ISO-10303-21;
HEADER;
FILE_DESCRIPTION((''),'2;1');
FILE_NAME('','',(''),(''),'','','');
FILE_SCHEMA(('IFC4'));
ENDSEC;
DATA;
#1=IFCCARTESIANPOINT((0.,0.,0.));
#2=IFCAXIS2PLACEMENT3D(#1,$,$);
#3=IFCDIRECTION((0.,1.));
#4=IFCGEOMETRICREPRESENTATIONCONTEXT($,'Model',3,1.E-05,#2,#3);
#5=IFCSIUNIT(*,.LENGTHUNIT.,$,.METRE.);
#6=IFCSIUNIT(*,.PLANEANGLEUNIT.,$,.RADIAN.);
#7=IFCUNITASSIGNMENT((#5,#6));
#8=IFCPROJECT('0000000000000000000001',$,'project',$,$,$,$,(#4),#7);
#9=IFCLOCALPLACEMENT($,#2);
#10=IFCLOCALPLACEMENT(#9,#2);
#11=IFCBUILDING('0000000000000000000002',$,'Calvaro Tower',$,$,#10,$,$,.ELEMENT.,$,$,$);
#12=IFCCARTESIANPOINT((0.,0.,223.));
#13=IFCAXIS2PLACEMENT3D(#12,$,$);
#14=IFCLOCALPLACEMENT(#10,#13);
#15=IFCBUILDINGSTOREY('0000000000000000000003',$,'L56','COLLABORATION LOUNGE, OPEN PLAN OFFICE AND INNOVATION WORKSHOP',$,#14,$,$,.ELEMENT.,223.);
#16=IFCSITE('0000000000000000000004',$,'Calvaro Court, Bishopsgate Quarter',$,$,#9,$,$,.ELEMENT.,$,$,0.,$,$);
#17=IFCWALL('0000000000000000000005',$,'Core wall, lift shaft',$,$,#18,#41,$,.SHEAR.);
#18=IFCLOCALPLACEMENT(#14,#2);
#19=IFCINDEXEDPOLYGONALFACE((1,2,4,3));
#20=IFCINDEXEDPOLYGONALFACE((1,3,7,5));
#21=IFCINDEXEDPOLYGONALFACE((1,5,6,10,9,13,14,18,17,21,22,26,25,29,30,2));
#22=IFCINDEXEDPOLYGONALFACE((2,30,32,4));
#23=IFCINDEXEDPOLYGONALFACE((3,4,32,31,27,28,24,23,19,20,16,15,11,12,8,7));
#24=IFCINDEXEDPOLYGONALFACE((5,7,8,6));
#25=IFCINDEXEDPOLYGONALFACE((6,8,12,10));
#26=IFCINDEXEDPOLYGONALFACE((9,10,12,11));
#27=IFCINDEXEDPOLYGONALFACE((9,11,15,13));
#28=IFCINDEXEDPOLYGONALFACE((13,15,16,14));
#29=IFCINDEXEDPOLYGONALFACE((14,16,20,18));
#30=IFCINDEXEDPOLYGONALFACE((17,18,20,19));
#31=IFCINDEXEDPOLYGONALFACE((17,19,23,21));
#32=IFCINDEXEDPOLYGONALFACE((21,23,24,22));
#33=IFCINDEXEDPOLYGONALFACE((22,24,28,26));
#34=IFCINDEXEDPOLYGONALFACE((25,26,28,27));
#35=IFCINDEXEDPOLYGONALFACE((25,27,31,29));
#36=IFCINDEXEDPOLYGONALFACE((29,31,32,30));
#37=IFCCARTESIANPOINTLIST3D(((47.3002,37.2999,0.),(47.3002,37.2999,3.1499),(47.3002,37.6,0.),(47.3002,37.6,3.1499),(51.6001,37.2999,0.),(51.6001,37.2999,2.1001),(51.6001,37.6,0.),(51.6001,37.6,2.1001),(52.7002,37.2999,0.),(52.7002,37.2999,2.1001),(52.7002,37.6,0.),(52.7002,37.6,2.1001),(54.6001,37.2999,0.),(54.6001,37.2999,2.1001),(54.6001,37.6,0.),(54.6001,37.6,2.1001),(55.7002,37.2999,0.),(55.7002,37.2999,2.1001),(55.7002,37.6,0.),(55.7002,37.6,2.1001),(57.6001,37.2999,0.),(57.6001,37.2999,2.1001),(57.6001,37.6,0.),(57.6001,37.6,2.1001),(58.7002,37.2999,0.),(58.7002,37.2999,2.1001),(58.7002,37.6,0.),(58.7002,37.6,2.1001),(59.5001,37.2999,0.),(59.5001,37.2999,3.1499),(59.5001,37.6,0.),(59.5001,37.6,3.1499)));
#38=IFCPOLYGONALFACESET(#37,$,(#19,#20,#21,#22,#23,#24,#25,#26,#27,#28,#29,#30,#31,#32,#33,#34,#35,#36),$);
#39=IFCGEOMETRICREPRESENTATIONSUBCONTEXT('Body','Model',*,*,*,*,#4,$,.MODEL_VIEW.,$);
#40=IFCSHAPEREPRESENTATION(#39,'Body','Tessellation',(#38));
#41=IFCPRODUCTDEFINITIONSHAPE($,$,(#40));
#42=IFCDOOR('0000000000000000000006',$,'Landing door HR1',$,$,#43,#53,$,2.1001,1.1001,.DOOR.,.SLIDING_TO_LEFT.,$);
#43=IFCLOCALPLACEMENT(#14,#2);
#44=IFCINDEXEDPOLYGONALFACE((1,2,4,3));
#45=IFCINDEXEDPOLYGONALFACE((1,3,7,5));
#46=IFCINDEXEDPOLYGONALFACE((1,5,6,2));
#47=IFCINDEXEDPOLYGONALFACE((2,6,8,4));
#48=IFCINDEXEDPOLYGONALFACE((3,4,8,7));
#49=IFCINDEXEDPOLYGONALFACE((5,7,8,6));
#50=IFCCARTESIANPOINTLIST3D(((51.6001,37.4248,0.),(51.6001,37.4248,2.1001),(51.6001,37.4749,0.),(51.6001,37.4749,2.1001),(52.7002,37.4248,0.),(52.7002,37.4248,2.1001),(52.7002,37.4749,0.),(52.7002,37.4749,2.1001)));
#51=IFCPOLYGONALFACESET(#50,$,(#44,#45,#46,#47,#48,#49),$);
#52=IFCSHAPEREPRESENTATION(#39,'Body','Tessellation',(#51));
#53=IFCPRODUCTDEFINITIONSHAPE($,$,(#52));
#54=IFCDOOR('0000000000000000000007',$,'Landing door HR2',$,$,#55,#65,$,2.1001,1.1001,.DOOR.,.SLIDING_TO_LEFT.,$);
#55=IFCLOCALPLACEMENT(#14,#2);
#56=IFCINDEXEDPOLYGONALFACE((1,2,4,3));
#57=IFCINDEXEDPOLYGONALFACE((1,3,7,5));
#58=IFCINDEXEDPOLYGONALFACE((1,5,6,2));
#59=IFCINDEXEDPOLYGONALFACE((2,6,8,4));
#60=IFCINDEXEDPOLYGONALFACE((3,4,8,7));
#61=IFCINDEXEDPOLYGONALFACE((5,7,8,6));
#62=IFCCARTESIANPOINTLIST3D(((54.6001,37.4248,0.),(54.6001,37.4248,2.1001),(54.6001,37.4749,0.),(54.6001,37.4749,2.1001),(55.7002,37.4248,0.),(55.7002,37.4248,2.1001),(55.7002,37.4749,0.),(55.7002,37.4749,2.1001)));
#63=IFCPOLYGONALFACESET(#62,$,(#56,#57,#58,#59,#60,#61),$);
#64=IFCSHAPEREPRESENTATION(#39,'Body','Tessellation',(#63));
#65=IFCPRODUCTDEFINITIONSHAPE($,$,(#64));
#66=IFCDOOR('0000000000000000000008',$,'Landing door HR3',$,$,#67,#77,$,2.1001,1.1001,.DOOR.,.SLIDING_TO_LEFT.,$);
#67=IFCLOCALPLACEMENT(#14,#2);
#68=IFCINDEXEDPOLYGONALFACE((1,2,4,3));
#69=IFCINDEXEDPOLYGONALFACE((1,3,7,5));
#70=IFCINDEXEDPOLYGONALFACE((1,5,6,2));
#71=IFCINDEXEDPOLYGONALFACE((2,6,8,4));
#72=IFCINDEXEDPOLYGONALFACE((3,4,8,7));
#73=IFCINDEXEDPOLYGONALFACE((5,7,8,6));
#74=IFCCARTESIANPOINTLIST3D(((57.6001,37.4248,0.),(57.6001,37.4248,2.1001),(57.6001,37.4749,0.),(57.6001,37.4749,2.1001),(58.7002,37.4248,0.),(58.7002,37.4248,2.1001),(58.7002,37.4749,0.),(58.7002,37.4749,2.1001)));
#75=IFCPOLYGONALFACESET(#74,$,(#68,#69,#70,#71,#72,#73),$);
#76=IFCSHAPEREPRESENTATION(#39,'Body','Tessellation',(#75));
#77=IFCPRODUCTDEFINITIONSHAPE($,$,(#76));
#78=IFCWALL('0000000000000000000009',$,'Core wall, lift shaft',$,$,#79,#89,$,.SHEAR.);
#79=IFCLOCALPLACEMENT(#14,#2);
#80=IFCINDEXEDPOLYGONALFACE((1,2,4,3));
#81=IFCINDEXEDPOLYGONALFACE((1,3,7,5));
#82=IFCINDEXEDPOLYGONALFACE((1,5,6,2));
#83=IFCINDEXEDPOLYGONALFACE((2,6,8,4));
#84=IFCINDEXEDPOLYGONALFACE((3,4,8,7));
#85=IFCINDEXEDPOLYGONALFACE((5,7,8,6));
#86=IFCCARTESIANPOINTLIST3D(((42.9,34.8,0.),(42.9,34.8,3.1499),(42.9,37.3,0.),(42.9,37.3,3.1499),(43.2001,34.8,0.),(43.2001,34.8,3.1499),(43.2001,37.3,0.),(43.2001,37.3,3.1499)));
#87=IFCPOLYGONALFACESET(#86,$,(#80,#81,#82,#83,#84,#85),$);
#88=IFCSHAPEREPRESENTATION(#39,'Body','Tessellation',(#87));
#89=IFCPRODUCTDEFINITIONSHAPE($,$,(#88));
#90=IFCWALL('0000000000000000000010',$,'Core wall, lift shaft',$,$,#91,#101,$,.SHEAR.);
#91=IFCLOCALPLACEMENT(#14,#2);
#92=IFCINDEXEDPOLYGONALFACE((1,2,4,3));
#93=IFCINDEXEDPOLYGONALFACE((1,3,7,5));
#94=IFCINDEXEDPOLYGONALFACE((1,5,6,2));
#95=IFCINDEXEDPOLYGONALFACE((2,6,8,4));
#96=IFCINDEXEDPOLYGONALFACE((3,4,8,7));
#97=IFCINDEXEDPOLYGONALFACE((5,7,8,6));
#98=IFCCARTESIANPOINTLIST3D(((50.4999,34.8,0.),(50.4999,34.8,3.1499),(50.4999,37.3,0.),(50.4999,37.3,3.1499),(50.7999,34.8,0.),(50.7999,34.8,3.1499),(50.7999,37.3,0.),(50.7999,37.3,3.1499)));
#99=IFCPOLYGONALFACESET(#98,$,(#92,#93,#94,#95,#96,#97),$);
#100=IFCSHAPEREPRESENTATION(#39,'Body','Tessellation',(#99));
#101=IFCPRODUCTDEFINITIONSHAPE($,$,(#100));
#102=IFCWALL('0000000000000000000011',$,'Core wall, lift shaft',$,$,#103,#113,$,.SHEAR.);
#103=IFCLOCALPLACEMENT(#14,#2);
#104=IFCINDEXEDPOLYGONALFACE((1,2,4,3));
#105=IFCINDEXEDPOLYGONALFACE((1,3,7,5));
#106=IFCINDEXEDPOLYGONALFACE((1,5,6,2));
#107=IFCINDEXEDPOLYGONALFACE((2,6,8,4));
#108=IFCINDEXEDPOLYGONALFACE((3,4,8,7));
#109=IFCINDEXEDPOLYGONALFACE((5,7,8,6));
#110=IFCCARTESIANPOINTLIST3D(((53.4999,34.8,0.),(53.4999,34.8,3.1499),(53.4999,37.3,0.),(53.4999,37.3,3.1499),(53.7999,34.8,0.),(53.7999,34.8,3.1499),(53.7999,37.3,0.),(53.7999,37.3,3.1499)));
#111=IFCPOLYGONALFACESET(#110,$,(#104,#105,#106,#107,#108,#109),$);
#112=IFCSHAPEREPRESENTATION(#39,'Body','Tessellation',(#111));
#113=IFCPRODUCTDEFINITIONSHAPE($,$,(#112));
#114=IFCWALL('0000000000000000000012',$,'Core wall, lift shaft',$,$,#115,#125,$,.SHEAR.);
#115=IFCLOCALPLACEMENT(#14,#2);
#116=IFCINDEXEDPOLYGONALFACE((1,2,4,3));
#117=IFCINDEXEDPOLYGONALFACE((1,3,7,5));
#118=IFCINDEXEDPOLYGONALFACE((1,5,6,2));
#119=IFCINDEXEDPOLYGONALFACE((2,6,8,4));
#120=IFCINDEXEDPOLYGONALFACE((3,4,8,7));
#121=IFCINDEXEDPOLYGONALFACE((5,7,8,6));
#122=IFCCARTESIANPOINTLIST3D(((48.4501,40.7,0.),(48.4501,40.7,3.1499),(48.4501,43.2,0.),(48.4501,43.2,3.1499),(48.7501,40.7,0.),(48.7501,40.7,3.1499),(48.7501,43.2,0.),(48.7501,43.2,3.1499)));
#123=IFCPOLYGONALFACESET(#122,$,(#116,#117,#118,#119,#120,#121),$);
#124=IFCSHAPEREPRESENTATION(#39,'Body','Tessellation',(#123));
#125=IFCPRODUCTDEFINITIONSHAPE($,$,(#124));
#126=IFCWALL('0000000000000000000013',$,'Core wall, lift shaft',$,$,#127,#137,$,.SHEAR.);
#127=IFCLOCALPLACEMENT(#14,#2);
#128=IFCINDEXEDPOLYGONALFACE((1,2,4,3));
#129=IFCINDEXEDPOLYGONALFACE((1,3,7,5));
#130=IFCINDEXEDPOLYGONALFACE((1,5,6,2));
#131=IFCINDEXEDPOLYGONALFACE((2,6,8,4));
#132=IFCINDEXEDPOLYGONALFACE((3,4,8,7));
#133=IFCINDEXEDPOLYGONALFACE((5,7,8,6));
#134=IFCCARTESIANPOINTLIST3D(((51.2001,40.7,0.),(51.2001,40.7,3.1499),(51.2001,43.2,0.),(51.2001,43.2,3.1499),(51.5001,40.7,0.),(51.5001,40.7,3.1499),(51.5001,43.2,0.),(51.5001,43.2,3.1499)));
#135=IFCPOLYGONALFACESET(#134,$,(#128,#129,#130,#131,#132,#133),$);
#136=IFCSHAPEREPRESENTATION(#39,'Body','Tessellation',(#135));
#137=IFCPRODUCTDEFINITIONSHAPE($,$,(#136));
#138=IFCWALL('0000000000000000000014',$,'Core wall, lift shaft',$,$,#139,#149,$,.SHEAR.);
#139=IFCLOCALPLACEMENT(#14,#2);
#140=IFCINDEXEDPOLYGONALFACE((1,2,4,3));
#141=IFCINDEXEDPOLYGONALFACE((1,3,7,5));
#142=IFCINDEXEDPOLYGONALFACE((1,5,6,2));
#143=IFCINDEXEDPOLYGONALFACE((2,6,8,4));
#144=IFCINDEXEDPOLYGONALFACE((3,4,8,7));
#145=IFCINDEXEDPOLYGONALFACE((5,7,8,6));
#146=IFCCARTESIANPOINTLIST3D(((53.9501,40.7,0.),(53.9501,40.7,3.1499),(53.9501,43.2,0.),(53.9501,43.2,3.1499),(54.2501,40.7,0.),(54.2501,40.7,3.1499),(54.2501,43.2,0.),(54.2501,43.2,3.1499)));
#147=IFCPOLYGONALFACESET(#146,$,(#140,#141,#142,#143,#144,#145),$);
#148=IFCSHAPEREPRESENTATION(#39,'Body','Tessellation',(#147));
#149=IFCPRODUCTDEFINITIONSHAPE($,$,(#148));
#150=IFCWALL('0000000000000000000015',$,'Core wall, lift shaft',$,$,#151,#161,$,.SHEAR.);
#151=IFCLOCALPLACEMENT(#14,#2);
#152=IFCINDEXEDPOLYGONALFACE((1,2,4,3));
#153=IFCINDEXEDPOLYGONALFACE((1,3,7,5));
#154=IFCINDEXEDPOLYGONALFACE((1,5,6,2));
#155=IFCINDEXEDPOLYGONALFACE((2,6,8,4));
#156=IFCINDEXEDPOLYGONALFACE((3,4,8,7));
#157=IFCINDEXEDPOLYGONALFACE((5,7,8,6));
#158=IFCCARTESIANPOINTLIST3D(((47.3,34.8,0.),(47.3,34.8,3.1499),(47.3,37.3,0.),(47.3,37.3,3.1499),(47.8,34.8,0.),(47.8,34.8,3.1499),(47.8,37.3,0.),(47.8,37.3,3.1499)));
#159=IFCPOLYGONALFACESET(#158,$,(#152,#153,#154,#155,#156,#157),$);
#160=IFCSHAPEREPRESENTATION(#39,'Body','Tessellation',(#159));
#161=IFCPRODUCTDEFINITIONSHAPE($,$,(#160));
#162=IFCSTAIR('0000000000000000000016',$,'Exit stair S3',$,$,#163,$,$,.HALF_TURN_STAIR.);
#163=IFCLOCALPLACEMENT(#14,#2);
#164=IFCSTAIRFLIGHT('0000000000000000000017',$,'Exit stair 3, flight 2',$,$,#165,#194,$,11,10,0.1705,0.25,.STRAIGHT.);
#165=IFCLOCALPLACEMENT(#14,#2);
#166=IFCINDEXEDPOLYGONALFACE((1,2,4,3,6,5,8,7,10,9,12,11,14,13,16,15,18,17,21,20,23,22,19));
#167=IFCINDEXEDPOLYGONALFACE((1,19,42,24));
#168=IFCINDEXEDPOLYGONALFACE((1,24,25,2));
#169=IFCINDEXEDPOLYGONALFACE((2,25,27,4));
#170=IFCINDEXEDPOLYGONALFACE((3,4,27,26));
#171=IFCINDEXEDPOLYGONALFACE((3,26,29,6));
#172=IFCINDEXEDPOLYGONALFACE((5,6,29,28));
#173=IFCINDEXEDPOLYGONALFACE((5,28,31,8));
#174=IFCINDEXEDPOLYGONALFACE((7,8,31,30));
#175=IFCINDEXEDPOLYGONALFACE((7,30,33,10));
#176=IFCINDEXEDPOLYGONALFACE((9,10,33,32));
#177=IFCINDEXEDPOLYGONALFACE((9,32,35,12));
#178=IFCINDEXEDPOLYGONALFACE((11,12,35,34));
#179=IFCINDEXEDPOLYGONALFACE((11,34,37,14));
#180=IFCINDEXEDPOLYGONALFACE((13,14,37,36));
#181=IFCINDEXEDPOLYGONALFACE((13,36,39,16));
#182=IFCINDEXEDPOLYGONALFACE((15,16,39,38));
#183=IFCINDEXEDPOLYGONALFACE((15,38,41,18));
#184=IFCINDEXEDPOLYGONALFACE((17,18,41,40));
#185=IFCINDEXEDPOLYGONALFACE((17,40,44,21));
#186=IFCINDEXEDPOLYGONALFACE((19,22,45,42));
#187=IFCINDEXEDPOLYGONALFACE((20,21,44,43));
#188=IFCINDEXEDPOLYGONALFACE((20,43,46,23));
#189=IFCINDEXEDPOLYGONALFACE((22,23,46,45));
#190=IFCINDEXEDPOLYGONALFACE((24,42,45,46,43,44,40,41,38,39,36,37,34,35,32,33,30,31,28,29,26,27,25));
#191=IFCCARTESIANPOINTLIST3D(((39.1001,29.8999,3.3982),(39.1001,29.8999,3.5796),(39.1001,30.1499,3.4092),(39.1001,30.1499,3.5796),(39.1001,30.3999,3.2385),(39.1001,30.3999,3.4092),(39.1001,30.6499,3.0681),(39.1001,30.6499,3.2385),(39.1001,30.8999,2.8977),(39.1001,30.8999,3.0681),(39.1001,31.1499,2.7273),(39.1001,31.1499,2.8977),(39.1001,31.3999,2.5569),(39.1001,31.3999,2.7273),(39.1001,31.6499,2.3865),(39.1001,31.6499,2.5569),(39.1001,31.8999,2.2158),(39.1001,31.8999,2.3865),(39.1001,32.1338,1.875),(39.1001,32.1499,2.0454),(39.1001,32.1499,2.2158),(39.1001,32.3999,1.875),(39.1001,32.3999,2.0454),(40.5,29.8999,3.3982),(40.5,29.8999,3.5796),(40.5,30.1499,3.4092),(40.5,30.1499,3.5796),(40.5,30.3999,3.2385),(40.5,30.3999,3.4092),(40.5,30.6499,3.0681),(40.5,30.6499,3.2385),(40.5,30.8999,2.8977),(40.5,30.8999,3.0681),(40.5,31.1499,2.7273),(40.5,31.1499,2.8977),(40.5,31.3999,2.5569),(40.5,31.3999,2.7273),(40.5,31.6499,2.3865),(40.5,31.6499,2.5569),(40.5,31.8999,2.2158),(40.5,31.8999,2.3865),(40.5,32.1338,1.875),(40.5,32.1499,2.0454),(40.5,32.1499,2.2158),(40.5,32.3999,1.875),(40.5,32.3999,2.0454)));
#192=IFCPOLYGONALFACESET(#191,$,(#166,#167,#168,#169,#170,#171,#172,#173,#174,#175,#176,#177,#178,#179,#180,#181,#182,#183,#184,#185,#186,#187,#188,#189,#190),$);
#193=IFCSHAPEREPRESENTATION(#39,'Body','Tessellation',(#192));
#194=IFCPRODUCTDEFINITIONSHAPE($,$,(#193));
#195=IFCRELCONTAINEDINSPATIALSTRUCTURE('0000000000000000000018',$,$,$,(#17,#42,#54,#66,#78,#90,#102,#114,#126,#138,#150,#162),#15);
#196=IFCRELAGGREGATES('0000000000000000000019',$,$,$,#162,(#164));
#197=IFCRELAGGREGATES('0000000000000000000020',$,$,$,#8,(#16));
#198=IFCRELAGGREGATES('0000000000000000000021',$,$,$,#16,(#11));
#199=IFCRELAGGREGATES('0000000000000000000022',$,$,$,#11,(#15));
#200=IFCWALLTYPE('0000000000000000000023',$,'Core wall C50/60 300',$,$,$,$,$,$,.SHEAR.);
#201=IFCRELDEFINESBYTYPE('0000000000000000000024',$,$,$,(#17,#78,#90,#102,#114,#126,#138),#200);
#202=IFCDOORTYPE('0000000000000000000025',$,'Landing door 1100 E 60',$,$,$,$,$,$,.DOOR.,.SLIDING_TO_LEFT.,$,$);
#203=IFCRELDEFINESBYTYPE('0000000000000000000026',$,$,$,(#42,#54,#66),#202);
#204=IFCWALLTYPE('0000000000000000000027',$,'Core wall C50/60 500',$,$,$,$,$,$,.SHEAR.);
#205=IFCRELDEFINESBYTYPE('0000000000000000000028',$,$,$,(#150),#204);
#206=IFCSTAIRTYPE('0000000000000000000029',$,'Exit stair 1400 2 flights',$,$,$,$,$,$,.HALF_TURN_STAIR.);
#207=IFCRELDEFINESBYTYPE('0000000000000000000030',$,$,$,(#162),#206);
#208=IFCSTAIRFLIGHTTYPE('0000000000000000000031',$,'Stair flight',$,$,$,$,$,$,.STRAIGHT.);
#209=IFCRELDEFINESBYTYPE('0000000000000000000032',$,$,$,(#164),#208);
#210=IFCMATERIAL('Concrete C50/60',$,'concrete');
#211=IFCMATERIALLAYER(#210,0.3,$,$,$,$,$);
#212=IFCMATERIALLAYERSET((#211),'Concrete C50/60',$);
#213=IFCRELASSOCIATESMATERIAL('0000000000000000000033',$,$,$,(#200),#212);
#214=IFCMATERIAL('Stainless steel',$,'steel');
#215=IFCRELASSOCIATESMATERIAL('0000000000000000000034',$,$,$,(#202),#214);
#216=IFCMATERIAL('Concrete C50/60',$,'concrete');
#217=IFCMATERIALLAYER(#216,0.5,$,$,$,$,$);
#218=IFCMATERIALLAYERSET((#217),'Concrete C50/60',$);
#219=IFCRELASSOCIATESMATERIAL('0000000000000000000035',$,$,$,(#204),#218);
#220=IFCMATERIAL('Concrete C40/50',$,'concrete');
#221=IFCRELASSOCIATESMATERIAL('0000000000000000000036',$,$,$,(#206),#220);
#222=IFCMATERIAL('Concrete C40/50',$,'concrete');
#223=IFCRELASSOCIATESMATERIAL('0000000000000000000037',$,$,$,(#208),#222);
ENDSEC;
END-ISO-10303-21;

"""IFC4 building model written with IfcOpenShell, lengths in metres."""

from ifc_helpers import new_model, si_unit, direction, frame, frame_2d, origin, place, context, subcontext, project, spatial, polyline, rectangle, outline, extrude, material, layer, layer_set, type_object, element, fill, aggregate, save


model = new_model("IFC4")

# Units and contexts
model_context = context("Model", 3, precision=1e-05, world=origin(), true_north=direction((0.0, 1.0)))
body_context = subcontext(model_context, "Body", "Model", "MODEL_VIEW")
ifc_project = project(units=[si_unit("LENGTHUNIT", "METRE"), si_unit("PLANEANGLEUNIT", "RADIAN")], contexts=[model_context])

# Site, building, storey
site_placement = place(None, origin())
site = spatial("IfcSite", under=ifc_project, at=site_placement, Name="Calvaro Court, Bishopsgate Quarter", CompositionType="ELEMENT", RefElevation=0.0)
building_placement = place(site_placement, origin())
building = spatial("IfcBuilding", under=site, at=building_placement, Name="Calvaro Tower", CompositionType="ELEMENT")
storey_placement = place(building_placement, frame((0.0, 0.0, 223.0)))
storey = spatial("IfcBuildingStorey", under=building, at=storey_placement, Name="L56", Description="COLLABORATION LOUNGE, OPEN PLAN OFFICE AND INNOVATION WORKSHOP", CompositionType="ELEMENT", Elevation=223.0)

# Shared definitions
ifc_material_1 = material(Name="Concrete C50/60", Category="concrete")
ifc_layer_1 = layer(ifc_material_1, 0.3)
ifc_layer_set_1 = layer_set([ifc_layer_1], Name="Concrete C50/60")
wall_type_1 = type_object("IfcWallType", Name="Core wall C50/60 300", PredefinedType="SHEAR", material=ifc_layer_set_1)
ifc_material_2 = material(Name="Stainless steel", Category="steel")
door_type_1 = type_object("IfcDoorType", Name="Landing door 1100 E 60", OperationType="SLIDING_TO_LEFT", PredefinedType="DOOR", material=ifc_material_2)

# Wall, openings, doors
wall_1_placement = place(storey_placement, frame((47.3, 37.45, 0.0), z_axis=(0.0, 0.0, 1.0), x_axis=(1.0, 0.0, 0.0)))
wall_1 = element("IfcWall", 1, at=wall_1_placement, inside=storey, type_object=wall_type_1, Name="Core wall, lift shaft", PredefinedType="SHEAR", context=body_context, shape_type="SweptSolid", body=[
    extrude(rectangle(XDim=12.2, YDim=0.3, at=frame_2d((6.1001, 0.0))), origin(), (0.0, 0.0, 1.0), 3.1499),
])
opening_1_placement = place(wall_1_placement, frame((4.3, 0.0, 0.0)))
opening_1 = element("IfcOpeningElement", 2, at=opening_1_placement, cuts=wall_1, PredefinedType="OPENING", context=body_context, shape_type="SweptSolid", body=[
    extrude(rectangle(XDim=1.1001, YDim=2.1001, at=frame_2d((0.55, 1.05))), frame((0.0, 0.1599, 0.0), z_axis=(0.0, -1.0, 0.0), x_axis=(1.0, 0.0, 0.0)), (0.0, 0.0, 1.0), 0.3201),
])
opening_2_placement = place(wall_1_placement, frame((7.3, 0.0, 0.0)))
opening_2 = element("IfcOpeningElement", 3, at=opening_2_placement, cuts=wall_1, PredefinedType="OPENING", context=body_context, shape_type="SweptSolid", body=[
    extrude(rectangle(XDim=1.1001, YDim=2.1001, at=frame_2d((0.55, 1.05))), frame((0.0, 0.1599, 0.0), z_axis=(0.0, -1.0, 0.0), x_axis=(1.0, 0.0, 0.0)), (0.0, 0.0, 1.0), 0.3201),
])
opening_3_placement = place(wall_1_placement, frame((10.3, 0.0, 0.0)))
opening_3 = element("IfcOpeningElement", 4, at=opening_3_placement, cuts=wall_1, PredefinedType="OPENING", context=body_context, shape_type="SweptSolid", body=[
    extrude(rectangle(XDim=1.1001, YDim=2.1001, at=frame_2d((0.55, 1.05))), frame((0.0, 0.1599, 0.0), z_axis=(0.0, -1.0, 0.0), x_axis=(1.0, 0.0, 0.0)), (0.0, 0.0, 1.0), 0.3201),
])
door_1_placement = place(opening_1_placement, origin())
door_1 = element("IfcDoor", 5, at=door_1_placement, inside=storey, type_object=door_type_1, Name="Landing door HR1", OperationType="SLIDING_TO_LEFT", OverallHeight=2.1001, OverallWidth=1.1001, PredefinedType="DOOR", context=body_context, shape_type="SweptSolid", body=[
    extrude(rectangle(XDim=1.1001, YDim=2.1001, at=frame_2d((0.55, 1.05))), frame((0.0, 0.0249, 0.0), z_axis=(0.0, -1.0, 0.0), x_axis=(1.0, 0.0, 0.0)), (0.0, 0.0, 1.0), 0.05),
])
fill(opening_1, door_1)
door_2_placement = place(opening_2_placement, origin())
door_2 = element("IfcDoor", 6, at=door_2_placement, inside=storey, type_object=door_type_1, Name="Landing door HR2", OperationType="SLIDING_TO_LEFT", OverallHeight=2.1001, OverallWidth=1.1001, PredefinedType="DOOR", context=body_context, shape_type="SweptSolid", body=[
    extrude(rectangle(XDim=1.1001, YDim=2.1001, at=frame_2d((0.55, 1.05))), frame((0.0, 0.0249, 0.0), z_axis=(0.0, -1.0, 0.0), x_axis=(1.0, 0.0, 0.0)), (0.0, 0.0, 1.0), 0.05),
])
fill(opening_2, door_2)
door_3_placement = place(opening_3_placement, origin())
door_3 = element("IfcDoor", 7, at=door_3_placement, inside=storey, type_object=door_type_1, Name="Landing door HR3", OperationType="SLIDING_TO_LEFT", OverallHeight=2.1001, OverallWidth=1.1001, PredefinedType="DOOR", context=body_context, shape_type="SweptSolid", body=[
    extrude(rectangle(XDim=1.1001, YDim=2.1001, at=frame_2d((0.55, 1.05))), frame((0.0, 0.0249, 0.0), z_axis=(0.0, -1.0, 0.0), x_axis=(1.0, 0.0, 0.0)), (0.0, 0.0, 1.0), 0.05),
])
fill(opening_3, door_3)

# Walls
for number, where, z_axis, x_axis, name in (
    (8, (43.05, 34.8, 0.0), (0.0, 0.0, 1.0), (0.0, 1.0, 0.0), "Core wall, lift shaft"),
    (9, (50.6499, 34.8, 0.0), (0.0, 0.0, 1.0), (0.0, 1.0, 0.0), "Core wall, lift shaft"),
    (10, (53.6499, 34.8, 0.0), (0.0, 0.0, 1.0), (0.0, 1.0, 0.0), "Core wall, lift shaft"),
    (11, (48.6001, 40.7, 0.0), (0.0, 0.0, 1.0), (0.0, 1.0, 0.0), "Core wall, lift shaft"),
    (12, (51.3501, 40.7, 0.0), (0.0, 0.0, 1.0), (0.0, 1.0, 0.0), "Core wall, lift shaft"),
    (13, (54.1001, 40.7, 0.0), (0.0, 0.0, 1.0), (0.0, 1.0, 0.0), "Core wall, lift shaft"),
):
    element("IfcWall", number, at=place(storey_placement, frame(where, z_axis=z_axis, x_axis=x_axis)), inside=storey, type_object=wall_type_1, Name=name, PredefinedType="SHEAR", context=body_context, shape_type="SweptSolid", body=[
        extrude(rectangle(XDim=2.5, YDim=0.3, at=frame_2d((1.25, 0.0))), origin(), (0.0, 0.0, 1.0), 3.1499),
    ])
ifc_material_3 = material(Name="Concrete C50/60", Category="concrete")
ifc_layer_2 = layer(ifc_material_3, 0.5)
ifc_layer_set_2 = layer_set([ifc_layer_2], Name="Concrete C50/60")
wall_type_2 = type_object("IfcWallType", Name="Core wall C50/60 500", PredefinedType="SHEAR", material=ifc_layer_set_2)
wall_2_placement = place(storey_placement, frame((47.55, 34.8, 0.0), z_axis=(0.0, 0.0, 1.0), x_axis=(0.0, 1.0, 0.0)))
element("IfcWall", 14, at=wall_2_placement, inside=storey, type_object=wall_type_2, Name="Core wall, lift shaft", PredefinedType="SHEAR", context=body_context, shape_type="SweptSolid", body=[
    extrude(rectangle(XDim=2.5, YDim=0.5, at=frame_2d((1.25, 0.0))), origin(), (0.0, 0.0, 1.0), 3.1499),
])

# Stair, stair flight
ifc_material_4 = material(Name="Concrete C40/50", Category="concrete")
stair_type = type_object("IfcStairType", Name="Exit stair 1400 2 flights", PredefinedType="HALF_TURN_STAIR", material=ifc_material_4)
stair_1_placement = place(storey_placement, origin())
stair_1 = element("IfcStair", 15, at=stair_1_placement, inside=storey, type_object=stair_type, Name="Exit stair S3", PredefinedType="HALF_TURN_STAIR")
ifc_material_5 = material(Name="Concrete C40/50", Category="concrete")
stair_flight_type = type_object("IfcStairFlightType", Name="Stair flight", PredefinedType="STRAIGHT", material=ifc_material_5)
stair_flight_1_placement = place(storey_placement, frame((39.8, 32.3999, 1.875), z_axis=(0.0, 0.0, 1.0), x_axis=(0.0, -1.0, 0.0)))
stair_flight_1 = element("IfcStairFlight", 16, at=stair_flight_1_placement, type_object=stair_flight_type, Name="Exit stair 3, flight 2", NumberOfRisers=11, NumberOfTreads=10, PredefinedType="STRAIGHT", RiserHeight=0.1705, TreadLength=0.25, context=body_context, shape_type="SweptSolid", body=[
    extrude(outline(polyline([(0.0, 0.0), (0.0, 0.1704), (0.25, 0.1704), (0.25, 0.3408), (0.5, 0.3408), (0.5, 0.5115), (0.75, 0.5115), (0.75, 0.6819), (1.0, 0.6819), (1.0, 0.8523), (1.25, 0.8523), (1.25, 1.0227), (1.5, 1.0227), (1.5, 1.1931), (1.75, 1.1931), (1.75, 1.3635), (2.0, 1.3635), (2.0, 1.5342), (2.25, 1.5342), (2.25, 1.7046), (2.5, 1.7046), (2.5, 1.875), (2.5, 1.5232), (0.2661, 0.0), (0.0, 0.0)])), frame((0.0, 0.7, 0.0), z_axis=(0.0, -1.0, 0.0), x_axis=(1.0, 0.0, 0.0)), (0.0, 0.0, 1.0), 1.3999),
])

aggregate(stair_1, [stair_flight_1])

save(model, "model.ifc")
